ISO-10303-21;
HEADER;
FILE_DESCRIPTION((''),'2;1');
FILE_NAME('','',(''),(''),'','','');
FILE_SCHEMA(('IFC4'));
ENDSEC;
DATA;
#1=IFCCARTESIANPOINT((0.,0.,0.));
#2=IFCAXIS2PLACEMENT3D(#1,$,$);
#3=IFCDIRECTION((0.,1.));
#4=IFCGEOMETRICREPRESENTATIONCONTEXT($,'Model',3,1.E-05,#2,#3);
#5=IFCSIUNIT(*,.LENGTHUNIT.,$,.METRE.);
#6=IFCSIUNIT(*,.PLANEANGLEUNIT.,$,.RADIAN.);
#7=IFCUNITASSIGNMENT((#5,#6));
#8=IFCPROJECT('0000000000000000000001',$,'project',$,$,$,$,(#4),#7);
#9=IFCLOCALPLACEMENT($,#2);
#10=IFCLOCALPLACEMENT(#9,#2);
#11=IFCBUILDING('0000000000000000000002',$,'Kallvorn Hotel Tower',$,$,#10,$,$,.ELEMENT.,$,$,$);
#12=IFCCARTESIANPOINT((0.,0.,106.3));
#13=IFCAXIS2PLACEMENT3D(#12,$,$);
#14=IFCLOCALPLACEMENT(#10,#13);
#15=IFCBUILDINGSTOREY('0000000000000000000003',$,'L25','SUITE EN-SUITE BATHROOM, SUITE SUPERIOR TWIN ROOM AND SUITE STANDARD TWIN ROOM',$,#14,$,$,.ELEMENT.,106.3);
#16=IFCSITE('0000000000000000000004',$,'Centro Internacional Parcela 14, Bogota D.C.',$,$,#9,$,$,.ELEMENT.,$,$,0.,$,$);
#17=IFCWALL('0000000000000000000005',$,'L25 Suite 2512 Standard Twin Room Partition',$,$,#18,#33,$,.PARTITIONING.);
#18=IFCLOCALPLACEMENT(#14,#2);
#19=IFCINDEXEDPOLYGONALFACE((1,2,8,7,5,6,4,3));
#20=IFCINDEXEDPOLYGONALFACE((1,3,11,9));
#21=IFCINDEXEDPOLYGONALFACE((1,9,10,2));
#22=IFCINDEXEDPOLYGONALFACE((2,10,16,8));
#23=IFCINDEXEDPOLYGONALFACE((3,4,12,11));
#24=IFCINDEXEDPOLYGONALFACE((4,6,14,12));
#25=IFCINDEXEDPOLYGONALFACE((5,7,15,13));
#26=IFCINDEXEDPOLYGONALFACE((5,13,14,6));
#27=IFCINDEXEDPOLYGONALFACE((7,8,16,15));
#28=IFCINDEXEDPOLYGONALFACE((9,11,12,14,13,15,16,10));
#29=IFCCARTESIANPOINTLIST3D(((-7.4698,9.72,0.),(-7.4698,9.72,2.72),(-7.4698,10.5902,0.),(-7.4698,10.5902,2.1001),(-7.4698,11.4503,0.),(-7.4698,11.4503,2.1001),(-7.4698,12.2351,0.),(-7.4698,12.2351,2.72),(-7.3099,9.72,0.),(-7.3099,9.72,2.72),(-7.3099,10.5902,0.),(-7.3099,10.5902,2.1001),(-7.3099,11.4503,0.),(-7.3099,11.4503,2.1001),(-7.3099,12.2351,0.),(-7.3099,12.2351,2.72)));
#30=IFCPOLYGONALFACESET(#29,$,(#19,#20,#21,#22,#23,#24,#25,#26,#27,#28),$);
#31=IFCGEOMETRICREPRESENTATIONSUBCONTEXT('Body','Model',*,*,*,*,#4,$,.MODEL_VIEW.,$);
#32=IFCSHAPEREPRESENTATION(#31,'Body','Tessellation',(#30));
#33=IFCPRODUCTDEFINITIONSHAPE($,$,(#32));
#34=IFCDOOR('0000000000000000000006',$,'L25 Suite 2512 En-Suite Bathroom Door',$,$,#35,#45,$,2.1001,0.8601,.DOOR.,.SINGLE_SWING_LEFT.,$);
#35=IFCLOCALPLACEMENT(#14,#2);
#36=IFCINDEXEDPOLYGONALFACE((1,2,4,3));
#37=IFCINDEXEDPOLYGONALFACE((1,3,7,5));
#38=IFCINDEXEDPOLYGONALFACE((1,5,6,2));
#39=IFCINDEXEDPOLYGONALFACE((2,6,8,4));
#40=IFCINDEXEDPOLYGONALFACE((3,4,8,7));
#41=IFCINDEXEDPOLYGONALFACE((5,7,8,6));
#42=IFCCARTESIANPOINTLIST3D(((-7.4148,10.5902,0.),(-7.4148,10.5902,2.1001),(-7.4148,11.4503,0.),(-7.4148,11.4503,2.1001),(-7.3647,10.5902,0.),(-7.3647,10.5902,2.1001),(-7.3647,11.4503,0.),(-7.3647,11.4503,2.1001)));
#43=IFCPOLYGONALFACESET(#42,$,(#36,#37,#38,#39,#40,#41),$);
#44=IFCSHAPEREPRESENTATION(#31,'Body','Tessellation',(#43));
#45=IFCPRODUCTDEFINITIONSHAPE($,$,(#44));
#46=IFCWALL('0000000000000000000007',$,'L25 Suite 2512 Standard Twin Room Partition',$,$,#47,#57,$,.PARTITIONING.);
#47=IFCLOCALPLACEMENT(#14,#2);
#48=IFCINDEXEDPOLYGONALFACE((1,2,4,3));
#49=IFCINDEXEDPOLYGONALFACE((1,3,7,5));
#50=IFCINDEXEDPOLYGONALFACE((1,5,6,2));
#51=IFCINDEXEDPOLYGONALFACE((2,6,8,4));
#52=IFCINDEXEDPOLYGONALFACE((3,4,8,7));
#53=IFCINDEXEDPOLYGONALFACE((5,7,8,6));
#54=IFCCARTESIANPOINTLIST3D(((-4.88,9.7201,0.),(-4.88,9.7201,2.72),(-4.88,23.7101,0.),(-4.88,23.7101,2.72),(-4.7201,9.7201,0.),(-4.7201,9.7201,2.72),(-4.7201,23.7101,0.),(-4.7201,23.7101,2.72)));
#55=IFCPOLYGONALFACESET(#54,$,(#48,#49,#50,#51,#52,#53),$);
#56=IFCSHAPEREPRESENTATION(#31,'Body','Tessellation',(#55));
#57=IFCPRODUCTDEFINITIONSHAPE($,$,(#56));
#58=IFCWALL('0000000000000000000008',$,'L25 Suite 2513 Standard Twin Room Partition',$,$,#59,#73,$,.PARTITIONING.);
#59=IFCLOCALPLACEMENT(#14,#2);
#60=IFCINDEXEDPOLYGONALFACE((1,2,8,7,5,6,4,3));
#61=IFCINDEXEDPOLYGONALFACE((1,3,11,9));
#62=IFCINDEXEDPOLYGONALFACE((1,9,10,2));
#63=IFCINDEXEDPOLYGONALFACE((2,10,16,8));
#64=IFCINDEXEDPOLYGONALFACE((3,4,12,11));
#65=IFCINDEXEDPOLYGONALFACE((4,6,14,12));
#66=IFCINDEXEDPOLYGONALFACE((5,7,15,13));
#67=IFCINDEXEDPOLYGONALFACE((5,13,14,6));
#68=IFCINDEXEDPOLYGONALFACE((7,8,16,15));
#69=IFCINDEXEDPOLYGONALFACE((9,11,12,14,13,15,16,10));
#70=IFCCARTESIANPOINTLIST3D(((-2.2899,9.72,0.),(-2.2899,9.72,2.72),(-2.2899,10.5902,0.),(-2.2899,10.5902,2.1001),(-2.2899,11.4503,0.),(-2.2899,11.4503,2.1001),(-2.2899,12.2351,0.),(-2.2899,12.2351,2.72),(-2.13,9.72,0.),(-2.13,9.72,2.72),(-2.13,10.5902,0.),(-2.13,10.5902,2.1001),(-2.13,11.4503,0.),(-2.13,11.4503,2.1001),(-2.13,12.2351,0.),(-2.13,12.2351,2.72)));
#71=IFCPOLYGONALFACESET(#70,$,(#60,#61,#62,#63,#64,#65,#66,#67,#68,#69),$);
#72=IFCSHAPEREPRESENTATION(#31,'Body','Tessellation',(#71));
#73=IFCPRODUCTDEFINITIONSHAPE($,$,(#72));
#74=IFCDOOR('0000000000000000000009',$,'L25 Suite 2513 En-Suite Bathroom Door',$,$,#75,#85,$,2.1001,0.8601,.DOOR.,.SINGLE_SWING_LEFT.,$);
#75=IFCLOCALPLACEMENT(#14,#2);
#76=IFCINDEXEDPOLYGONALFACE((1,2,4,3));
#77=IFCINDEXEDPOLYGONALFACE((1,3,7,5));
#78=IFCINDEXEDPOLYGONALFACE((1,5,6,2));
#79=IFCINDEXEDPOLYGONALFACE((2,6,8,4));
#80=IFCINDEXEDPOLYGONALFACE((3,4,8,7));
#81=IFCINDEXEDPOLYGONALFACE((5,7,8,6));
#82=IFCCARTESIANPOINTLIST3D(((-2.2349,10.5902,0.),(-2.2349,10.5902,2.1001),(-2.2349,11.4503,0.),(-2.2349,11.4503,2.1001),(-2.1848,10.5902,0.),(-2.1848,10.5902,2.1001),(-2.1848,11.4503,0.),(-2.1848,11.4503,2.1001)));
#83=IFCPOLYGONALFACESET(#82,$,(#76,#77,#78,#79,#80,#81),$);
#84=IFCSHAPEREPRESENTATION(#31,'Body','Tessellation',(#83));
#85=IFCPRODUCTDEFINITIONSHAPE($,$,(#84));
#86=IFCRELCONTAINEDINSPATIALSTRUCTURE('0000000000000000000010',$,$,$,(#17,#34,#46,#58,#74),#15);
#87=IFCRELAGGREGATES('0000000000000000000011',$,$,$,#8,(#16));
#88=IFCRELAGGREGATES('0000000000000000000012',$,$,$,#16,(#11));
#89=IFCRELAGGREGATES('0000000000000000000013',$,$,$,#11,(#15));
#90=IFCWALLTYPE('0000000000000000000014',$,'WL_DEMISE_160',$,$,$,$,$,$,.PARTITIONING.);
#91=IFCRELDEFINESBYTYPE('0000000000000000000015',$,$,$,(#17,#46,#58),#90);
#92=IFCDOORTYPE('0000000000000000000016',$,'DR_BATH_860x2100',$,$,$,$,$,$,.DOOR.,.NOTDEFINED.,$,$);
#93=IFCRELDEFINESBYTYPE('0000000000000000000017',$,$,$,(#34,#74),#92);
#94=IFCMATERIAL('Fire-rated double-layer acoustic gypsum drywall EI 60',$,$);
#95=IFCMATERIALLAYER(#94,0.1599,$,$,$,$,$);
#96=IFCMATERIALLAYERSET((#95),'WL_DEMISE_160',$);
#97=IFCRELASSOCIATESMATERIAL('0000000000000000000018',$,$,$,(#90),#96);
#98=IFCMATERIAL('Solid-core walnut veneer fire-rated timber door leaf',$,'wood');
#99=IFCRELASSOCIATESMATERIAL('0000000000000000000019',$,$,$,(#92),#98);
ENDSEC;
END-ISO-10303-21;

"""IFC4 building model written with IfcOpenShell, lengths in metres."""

from ifc_helpers import new_model, si_unit, direction, frame, frame_2d, origin, place, context, subcontext, project, spatial, rectangle, extrude, material, layer, layer_set, type_object, element, fill, save


model = new_model("IFC4")

# Units and contexts
model_context = context("Model", 3, precision=1e-05, world=origin(), true_north=direction((0.0, 1.0)))
body_context = subcontext(model_context, "Body", "Model", "MODEL_VIEW")
ifc_project = project(units=[si_unit("LENGTHUNIT", "METRE"), si_unit("PLANEANGLEUNIT", "RADIAN")], contexts=[model_context])

# Site, building, storey
site_placement = place(None, origin())
site = spatial("IfcSite", under=ifc_project, at=site_placement, Name="Centro Internacional Parcela 14, Bogota D.C.", CompositionType="ELEMENT", RefElevation=0.0)
building_placement = place(site_placement, origin())
building = spatial("IfcBuilding", under=site, at=building_placement, Name="Kallvorn Hotel Tower", CompositionType="ELEMENT")
storey_placement = place(building_placement, frame((0.0, 0.0, 106.3)))
storey = spatial("IfcBuildingStorey", under=building, at=storey_placement, Name="L25", Description="SUITE EN-SUITE BATHROOM, SUITE SUPERIOR TWIN ROOM AND SUITE STANDARD TWIN ROOM", CompositionType="ELEMENT", Elevation=106.3)

# Shared definitions
ifc_material_1 = material(Name="Fire-rated double-layer acoustic gypsum drywall EI 60")
ifc_layer_1 = layer(ifc_material_1, 0.1599)
ifc_layer_set_1 = layer_set([ifc_layer_1], Name="WL_DEMISE_160")
wall_type = type_object("IfcWallType", Name="WL_DEMISE_160", PredefinedType="PARTITIONING", material=ifc_layer_set_1)

# Wall, opening, door
wall_1_placement = place(storey_placement, frame((-7.3899, 9.72, 0.0), z_axis=(0.0, 0.0, 1.0), x_axis=(0.0, 1.0, 0.0)))
wall_1 = element("IfcWall", 1, at=wall_1_placement, inside=storey, type_object=wall_type, Name="L25 Suite 2512 Standard Twin Room Partition", PredefinedType="PARTITIONING", context=body_context, shape_type="SweptSolid", body=[
    extrude(rectangle(XDim=2.5151, YDim=0.1599, at=frame_2d((1.2576, 0.0))), origin(), (0.0, 0.0, 1.0), 2.72),
])
opening_1_placement = place(wall_1_placement, frame((0.8701, 0.0, 0.0)))
opening_1 = element("IfcOpeningElement", 2, at=opening_1_placement, cuts=wall_1, PredefinedType="OPENING", context=body_context, shape_type="SweptSolid", body=[
    extrude(rectangle(XDim=0.8601, YDim=2.1001, at=frame_2d((0.4302, 1.05))), frame((0.0, 0.095, 0.0), z_axis=(0.0, -1.0, 0.0), x_axis=(1.0, 0.0, 0.0)), (0.0, 0.0, 1.0), 0.1899),
])
ifc_material_2 = material(Name="Solid-core walnut veneer fire-rated timber door leaf", Category="wood")
door_type = type_object("IfcDoorType", Name="DR_BATH_860x2100", OperationType="NOTDEFINED", PredefinedType="DOOR", material=ifc_material_2)
door_1_placement = place(opening_1_placement, origin())
door_1 = element("IfcDoor", 3, at=door_1_placement, inside=storey, type_object=door_type, Name="L25 Suite 2512 En-Suite Bathroom Door", OperationType="SINGLE_SWING_LEFT", OverallHeight=2.1001, OverallWidth=0.8601, PredefinedType="DOOR", context=body_context, shape_type="SweptSolid", body=[
    extrude(rectangle(XDim=0.8601, YDim=2.1001, at=frame_2d((0.4302, 1.05))), frame((0.0, 0.0249, 0.0), z_axis=(0.0, -1.0, 0.0), x_axis=(1.0, 0.0, 0.0)), (0.0, 0.0, 1.0), 0.05),
])
fill(opening_1, door_1)

# Wall
wall_2_placement = place(storey_placement, frame((-4.8, 9.72, 0.0), z_axis=(0.0, 0.0, 1.0), x_axis=(0.0, 1.0, 0.0)))
element("IfcWall", 4, at=wall_2_placement, inside=storey, type_object=wall_type, Name="L25 Suite 2512 Standard Twin Room Partition", PredefinedType="PARTITIONING", context=body_context, shape_type="SweptSolid", body=[
    extrude(rectangle(XDim=13.99, YDim=0.1599, at=frame_2d((6.9951, 0.0))), origin(), (0.0, 0.0, 1.0), 2.72),
])

# Wall, opening, door
wall_3_placement = place(storey_placement, frame((-2.21, 9.72, 0.0), z_axis=(0.0, 0.0, 1.0), x_axis=(0.0, 1.0, 0.0)))
wall_3 = element("IfcWall", 5, at=wall_3_placement, inside=storey, type_object=wall_type, Name="L25 Suite 2513 Standard Twin Room Partition", PredefinedType="PARTITIONING", context=body_context, shape_type="SweptSolid", body=[
    extrude(rectangle(XDim=2.5151, YDim=0.1599, at=frame_2d((1.2576, 0.0))), origin(), (0.0, 0.0, 1.0), 2.72),
])
opening_2_placement = place(wall_3_placement, frame((0.8701, 0.0, 0.0)))
opening_2 = element("IfcOpeningElement", 6, at=opening_2_placement, cuts=wall_3, PredefinedType="OPENING", context=body_context, shape_type="SweptSolid", body=[
    extrude(rectangle(XDim=0.8601, YDim=2.1001, at=frame_2d((0.4302, 1.05))), frame((0.0, 0.095, 0.0), z_axis=(0.0, -1.0, 0.0), x_axis=(1.0, 0.0, 0.0)), (0.0, 0.0, 1.0), 0.1899),
])
door_2_placement = place(opening_2_placement, origin())
door_2 = element("IfcDoor", 7, at=door_2_placement, inside=storey, type_object=door_type, Name="L25 Suite 2513 En-Suite Bathroom Door", OperationType="SINGLE_SWING_LEFT", OverallHeight=2.1001, OverallWidth=0.8601, PredefinedType="DOOR", context=body_context, shape_type="SweptSolid", body=[
    extrude(rectangle(XDim=0.8601, YDim=2.1001, at=frame_2d((0.4302, 1.05))), frame((0.0, 0.0249, 0.0), z_axis=(0.0, -1.0, 0.0), x_axis=(1.0, 0.0, 0.0)), (0.0, 0.0, 1.0), 0.05),
])
fill(opening_2, door_2)

save(model, "model.ifc")
